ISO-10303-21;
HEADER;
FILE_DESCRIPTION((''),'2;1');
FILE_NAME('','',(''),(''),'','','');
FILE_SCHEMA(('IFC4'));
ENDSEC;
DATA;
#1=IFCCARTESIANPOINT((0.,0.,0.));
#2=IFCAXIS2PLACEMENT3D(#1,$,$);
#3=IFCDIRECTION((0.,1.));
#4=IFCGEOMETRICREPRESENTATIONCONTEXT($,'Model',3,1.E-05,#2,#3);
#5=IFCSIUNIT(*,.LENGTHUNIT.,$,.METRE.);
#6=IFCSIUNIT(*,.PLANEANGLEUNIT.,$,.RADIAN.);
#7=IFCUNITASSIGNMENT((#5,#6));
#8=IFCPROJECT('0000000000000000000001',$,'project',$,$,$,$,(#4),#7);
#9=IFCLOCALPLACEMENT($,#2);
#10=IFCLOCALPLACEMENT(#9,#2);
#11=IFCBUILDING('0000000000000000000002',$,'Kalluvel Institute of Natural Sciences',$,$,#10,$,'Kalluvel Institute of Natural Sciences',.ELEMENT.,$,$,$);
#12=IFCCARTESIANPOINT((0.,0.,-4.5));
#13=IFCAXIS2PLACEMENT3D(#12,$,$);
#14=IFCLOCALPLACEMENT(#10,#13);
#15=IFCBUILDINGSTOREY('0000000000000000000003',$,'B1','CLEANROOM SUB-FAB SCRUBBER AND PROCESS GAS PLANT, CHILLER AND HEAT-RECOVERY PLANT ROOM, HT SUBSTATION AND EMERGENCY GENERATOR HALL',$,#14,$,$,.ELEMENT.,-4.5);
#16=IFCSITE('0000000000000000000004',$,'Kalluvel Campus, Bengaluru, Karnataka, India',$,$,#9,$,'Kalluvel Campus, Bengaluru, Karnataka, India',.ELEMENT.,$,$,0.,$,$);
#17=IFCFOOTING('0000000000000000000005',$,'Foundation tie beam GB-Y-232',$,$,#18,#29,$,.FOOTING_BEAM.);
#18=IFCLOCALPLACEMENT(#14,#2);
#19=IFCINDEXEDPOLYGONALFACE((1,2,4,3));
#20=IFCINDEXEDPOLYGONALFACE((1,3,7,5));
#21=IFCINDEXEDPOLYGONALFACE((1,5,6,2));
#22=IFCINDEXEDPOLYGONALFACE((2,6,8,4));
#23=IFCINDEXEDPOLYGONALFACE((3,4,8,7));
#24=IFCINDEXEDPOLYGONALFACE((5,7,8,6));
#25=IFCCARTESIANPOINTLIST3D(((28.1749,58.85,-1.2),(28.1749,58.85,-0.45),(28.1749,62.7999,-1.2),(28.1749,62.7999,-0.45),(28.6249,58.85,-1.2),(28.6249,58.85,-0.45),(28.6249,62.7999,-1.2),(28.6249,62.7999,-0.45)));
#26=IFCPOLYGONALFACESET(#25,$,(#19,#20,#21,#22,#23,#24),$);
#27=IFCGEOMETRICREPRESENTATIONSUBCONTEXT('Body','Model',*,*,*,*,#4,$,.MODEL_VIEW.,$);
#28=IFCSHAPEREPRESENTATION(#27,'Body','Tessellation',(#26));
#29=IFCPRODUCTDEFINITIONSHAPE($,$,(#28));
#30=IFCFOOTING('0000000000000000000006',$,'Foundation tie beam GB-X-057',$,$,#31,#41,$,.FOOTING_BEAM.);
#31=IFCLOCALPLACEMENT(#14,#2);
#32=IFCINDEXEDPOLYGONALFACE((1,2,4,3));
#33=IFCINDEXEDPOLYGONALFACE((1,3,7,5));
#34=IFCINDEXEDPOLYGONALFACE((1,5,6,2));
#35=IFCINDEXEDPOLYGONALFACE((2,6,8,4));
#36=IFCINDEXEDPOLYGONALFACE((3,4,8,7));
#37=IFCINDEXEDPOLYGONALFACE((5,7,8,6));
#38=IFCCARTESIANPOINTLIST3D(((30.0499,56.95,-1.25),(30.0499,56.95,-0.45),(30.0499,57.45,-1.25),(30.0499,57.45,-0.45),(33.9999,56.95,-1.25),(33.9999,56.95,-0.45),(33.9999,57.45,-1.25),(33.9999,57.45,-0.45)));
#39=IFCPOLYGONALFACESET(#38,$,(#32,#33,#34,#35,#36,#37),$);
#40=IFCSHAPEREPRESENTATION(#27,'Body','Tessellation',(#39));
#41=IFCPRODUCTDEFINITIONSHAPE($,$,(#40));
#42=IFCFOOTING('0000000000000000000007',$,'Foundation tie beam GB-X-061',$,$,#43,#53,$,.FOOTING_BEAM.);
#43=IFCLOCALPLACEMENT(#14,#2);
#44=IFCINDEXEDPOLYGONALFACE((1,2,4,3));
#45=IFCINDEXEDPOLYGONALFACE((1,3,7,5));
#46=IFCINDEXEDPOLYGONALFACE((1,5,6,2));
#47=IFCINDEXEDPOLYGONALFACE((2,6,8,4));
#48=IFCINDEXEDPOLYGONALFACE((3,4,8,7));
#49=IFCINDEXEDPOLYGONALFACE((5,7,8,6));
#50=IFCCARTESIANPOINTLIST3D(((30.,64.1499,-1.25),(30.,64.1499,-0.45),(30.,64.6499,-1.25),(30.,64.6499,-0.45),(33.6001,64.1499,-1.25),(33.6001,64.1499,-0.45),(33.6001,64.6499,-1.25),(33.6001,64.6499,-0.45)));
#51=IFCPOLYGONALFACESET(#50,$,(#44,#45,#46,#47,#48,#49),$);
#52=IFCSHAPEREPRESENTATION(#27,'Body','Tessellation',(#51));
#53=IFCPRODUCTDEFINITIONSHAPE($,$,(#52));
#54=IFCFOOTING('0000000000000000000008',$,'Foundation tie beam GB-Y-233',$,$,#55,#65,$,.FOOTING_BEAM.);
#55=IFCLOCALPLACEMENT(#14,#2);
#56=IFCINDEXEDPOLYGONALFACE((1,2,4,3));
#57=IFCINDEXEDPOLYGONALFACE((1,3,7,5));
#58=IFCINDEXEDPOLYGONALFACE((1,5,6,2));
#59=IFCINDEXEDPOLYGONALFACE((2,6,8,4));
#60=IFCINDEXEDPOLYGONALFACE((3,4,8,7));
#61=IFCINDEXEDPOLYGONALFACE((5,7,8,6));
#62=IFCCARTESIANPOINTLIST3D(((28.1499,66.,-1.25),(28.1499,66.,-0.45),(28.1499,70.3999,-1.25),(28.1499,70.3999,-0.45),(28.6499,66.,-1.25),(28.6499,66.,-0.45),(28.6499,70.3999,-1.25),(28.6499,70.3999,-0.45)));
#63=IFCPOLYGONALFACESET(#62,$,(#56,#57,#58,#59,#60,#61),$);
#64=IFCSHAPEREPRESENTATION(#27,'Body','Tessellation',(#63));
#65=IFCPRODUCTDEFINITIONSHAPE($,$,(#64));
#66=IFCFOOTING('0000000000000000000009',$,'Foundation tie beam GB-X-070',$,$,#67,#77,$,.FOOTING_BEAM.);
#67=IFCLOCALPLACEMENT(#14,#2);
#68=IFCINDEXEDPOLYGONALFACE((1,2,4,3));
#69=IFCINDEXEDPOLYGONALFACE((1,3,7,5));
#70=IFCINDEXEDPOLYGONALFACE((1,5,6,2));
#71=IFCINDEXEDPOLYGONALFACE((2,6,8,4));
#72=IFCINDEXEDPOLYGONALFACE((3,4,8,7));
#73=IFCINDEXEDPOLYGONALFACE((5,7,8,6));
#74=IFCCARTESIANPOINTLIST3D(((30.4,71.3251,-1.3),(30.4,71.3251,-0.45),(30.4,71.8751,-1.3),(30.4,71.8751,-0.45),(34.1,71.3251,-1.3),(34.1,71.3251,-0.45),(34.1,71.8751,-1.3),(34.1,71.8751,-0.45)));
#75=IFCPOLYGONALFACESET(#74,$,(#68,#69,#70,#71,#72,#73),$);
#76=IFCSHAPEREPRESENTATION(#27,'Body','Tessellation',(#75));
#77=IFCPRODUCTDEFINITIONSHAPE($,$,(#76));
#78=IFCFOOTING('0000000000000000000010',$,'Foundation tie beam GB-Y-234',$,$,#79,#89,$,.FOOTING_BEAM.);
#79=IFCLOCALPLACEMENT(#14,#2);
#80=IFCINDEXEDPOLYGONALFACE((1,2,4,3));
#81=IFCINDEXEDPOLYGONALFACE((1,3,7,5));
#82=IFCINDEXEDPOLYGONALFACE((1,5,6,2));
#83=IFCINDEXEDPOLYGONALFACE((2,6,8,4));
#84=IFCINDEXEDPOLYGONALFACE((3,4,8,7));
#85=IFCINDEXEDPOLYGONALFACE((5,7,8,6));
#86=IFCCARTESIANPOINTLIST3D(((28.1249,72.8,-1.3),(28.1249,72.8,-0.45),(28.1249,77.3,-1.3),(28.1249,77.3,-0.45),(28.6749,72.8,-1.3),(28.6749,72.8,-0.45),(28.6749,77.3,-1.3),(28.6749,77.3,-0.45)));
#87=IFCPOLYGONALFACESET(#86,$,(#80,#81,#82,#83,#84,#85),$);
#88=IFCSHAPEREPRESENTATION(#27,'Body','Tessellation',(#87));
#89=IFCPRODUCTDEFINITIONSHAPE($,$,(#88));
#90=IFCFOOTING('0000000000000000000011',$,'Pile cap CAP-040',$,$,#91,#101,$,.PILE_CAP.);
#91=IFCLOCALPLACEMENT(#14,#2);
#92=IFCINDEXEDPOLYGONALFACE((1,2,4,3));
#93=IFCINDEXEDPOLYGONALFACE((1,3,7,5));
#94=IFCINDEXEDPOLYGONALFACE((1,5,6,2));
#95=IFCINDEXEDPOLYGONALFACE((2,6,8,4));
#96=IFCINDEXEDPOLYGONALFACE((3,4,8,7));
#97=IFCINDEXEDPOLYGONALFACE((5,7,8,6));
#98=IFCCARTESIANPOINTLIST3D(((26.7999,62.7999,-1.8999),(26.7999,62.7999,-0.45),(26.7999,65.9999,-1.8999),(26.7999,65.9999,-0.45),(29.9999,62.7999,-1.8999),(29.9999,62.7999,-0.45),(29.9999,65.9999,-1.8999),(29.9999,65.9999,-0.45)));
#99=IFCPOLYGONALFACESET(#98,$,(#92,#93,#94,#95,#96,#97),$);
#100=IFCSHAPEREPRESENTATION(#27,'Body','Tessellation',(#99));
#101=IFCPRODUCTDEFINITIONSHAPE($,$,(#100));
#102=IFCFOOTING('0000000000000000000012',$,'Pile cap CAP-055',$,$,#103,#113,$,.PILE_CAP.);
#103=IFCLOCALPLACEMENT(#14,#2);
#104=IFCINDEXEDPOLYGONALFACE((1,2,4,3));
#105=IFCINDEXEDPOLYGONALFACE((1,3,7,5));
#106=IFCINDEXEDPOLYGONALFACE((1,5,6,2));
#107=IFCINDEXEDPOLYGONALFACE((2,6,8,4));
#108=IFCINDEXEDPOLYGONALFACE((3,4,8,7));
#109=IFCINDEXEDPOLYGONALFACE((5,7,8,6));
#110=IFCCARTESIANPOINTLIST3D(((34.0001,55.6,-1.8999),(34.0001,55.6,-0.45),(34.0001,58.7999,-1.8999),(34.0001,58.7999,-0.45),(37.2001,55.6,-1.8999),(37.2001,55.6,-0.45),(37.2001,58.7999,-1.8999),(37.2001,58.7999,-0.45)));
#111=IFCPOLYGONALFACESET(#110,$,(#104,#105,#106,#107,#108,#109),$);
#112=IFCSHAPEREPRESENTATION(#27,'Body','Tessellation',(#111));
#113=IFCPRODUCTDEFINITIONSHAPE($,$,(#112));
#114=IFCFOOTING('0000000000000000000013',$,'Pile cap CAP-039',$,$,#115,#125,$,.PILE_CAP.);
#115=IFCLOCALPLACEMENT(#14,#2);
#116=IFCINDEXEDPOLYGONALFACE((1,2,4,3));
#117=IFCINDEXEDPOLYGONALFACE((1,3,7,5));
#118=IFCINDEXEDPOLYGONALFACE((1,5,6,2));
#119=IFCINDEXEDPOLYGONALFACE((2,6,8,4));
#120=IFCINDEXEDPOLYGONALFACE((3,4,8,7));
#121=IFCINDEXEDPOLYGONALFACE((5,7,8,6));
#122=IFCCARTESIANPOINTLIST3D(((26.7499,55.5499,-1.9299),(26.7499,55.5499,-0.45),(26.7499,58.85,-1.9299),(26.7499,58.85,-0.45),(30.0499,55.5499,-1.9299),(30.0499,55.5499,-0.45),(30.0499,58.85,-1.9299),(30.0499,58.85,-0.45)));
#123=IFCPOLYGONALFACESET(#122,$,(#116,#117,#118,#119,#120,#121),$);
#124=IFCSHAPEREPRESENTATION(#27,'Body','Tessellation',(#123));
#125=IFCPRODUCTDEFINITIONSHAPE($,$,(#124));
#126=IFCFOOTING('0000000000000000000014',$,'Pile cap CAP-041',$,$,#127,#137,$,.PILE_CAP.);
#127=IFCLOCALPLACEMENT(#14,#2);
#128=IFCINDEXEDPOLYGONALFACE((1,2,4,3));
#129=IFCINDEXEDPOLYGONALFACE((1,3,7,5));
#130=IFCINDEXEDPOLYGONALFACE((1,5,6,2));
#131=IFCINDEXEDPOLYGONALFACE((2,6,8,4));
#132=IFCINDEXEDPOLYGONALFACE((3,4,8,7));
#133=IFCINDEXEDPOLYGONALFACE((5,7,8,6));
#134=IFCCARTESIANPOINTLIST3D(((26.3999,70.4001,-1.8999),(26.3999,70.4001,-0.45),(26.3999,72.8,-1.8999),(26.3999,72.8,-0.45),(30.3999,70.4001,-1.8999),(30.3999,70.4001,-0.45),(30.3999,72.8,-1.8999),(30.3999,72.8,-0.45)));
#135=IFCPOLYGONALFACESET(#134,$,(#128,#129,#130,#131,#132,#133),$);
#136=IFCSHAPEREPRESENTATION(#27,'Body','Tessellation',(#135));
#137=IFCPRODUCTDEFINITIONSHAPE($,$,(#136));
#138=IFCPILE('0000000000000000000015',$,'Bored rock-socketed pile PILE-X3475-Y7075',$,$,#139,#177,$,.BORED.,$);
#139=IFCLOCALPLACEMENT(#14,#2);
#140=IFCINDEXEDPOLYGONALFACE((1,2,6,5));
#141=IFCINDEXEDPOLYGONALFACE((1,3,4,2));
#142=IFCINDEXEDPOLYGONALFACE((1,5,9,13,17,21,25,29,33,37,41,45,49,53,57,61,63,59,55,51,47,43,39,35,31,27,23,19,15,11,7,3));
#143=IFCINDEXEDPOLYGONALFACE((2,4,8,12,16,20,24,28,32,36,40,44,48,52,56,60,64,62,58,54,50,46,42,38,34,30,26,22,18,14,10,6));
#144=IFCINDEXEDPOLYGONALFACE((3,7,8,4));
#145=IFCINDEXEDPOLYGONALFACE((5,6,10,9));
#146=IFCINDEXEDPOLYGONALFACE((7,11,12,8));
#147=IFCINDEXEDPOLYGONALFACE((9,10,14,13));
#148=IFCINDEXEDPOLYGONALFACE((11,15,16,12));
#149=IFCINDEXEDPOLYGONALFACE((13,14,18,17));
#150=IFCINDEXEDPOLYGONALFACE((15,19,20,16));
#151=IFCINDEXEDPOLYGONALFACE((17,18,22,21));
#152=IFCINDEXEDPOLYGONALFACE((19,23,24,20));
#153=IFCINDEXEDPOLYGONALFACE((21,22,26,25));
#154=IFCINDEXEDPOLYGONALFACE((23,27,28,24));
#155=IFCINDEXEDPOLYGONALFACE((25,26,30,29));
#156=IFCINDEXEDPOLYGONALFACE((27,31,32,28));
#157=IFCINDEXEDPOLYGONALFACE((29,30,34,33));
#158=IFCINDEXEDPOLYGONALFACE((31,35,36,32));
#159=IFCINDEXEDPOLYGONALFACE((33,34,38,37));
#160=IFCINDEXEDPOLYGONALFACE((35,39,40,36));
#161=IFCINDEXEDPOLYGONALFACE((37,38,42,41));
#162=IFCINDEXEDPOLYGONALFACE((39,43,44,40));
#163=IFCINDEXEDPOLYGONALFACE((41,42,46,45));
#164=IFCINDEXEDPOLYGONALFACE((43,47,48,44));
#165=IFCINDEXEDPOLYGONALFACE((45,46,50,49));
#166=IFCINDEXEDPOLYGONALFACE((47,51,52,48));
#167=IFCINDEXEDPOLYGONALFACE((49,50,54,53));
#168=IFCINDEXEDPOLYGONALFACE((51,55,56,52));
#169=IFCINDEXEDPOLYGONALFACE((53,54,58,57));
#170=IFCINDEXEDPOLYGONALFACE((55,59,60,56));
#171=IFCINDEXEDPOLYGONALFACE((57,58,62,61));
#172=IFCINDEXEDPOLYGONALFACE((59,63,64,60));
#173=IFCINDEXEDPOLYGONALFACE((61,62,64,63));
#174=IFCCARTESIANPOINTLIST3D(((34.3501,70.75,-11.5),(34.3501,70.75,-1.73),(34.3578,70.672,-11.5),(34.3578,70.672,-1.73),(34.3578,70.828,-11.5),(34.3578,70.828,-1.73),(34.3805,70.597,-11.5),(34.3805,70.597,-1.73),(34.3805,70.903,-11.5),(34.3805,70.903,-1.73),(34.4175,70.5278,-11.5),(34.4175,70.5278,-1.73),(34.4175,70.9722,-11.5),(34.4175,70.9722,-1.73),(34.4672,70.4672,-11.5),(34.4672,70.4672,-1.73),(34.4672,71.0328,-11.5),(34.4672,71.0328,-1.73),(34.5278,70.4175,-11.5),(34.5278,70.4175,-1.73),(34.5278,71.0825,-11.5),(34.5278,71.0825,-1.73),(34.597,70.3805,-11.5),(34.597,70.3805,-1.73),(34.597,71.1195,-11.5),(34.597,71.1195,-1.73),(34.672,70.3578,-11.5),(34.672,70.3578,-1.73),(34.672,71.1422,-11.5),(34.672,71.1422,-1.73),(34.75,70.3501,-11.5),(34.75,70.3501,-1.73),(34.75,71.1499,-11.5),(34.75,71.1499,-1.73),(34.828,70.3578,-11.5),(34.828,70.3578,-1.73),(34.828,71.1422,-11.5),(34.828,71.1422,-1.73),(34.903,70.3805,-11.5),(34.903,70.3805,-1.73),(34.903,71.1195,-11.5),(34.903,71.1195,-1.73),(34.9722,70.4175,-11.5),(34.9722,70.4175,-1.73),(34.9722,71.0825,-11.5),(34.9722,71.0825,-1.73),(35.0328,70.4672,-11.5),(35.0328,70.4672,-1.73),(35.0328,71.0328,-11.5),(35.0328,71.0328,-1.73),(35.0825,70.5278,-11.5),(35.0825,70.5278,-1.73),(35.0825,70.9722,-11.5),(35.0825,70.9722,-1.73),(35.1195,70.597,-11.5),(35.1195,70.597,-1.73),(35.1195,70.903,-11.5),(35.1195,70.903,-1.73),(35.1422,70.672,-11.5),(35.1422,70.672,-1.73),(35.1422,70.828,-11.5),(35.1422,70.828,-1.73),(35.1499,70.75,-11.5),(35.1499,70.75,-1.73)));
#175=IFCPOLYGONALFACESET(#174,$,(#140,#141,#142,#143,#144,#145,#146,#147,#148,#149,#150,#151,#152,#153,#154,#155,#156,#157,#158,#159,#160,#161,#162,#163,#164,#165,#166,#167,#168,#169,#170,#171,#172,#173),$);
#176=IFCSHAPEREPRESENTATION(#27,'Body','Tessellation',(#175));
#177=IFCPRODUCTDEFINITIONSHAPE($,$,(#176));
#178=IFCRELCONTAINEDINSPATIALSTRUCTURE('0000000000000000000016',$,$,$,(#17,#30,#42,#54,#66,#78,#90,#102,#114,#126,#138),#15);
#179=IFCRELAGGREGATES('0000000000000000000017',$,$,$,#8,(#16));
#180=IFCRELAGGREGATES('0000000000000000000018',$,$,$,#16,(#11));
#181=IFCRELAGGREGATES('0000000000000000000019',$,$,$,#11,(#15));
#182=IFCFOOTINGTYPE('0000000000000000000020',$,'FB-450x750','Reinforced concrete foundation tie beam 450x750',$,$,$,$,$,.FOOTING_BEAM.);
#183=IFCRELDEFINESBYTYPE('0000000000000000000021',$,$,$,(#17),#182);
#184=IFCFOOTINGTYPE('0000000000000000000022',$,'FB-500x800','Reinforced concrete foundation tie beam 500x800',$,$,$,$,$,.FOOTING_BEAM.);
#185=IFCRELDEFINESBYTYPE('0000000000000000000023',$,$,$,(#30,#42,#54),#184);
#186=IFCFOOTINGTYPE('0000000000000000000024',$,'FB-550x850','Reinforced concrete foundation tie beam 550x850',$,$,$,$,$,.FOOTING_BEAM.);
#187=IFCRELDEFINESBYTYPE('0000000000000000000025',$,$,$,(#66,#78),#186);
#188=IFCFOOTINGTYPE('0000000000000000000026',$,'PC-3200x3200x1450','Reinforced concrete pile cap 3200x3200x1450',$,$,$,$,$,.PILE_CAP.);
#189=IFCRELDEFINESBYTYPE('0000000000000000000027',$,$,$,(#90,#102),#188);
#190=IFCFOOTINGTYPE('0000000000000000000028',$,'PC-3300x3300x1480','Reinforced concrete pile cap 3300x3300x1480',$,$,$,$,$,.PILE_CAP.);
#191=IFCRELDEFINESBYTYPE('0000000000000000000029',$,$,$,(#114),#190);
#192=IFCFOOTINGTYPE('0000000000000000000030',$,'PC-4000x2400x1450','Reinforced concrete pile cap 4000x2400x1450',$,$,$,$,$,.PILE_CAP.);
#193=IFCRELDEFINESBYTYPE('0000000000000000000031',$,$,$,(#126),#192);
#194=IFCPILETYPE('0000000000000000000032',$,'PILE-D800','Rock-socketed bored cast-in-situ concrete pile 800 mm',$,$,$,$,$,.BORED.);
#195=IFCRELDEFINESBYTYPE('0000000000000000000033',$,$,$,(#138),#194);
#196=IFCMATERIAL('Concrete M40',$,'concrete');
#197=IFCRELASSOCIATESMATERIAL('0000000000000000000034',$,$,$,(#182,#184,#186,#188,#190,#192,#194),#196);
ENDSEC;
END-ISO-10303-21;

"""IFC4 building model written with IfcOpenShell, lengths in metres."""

from ifc_helpers import new_model, si_unit, direction, frame, origin, origin_2d, place, context, subcontext, project, spatial, rectangle, circle, extrude, material, material_profile, profile_set, type_object, element, save


model = new_model("IFC4")

# Units and contexts
model_context = context("Model", 3, precision=1e-05, world=origin(), true_north=direction((0.0, 1.0)))
body_context = subcontext(model_context, "Body", "Model", "MODEL_VIEW")
ifc_project = project(units=[si_unit("LENGTHUNIT", "METRE"), si_unit("PLANEANGLEUNIT", "RADIAN")], contexts=[model_context])

# Site, building, storey
site_placement = place(None, origin())
site = spatial("IfcSite", under=ifc_project, at=site_placement, Name="Kalluvel Campus, Bengaluru, Karnataka, India", LongName="Kalluvel Campus, Bengaluru, Karnataka, India", CompositionType="ELEMENT", RefElevation=0.0)
building_placement = place(site_placement, origin())
building = spatial("IfcBuilding", under=site, at=building_placement, Name="Kalluvel Institute of Natural Sciences", LongName="Kalluvel Institute of Natural Sciences", CompositionType="ELEMENT")
storey_placement = place(building_placement, frame((0.0, 0.0, -4.5)))
storey = spatial("IfcBuildingStorey", under=building, at=storey_placement, Name="B1", Description="CLEANROOM SUB-FAB SCRUBBER AND PROCESS GAS PLANT, CHILLER AND HEAT-RECOVERY PLANT ROOM, HT SUBSTATION AND EMERGENCY GENERATOR HALL", CompositionType="ELEMENT", Elevation=-4.5)

# Footings
ifc_material_1 = material(Name="Concrete M40", Category="concrete")
footing_type_1 = type_object("IfcFootingType", Name="FB-450x750", Description="Reinforced concrete foundation tie beam 450x750", PredefinedType="FOOTING_BEAM", material=ifc_material_1)
footing_1_placement = place(storey_placement, frame((28.3999, 60.825, -1.2), z_axis=(0.0, 0.0, 1.0), x_axis=(1.0, 0.0, 0.0)))
element("IfcFooting", 1, at=footing_1_placement, inside=storey, type_object=footing_type_1, Name="Foundation tie beam GB-Y-232", PredefinedType="FOOTING_BEAM", context=body_context, shape_type="SweptSolid", body=[
    extrude(rectangle(XDim=0.45, YDim=3.95, at=origin_2d()), origin(), (0.0, 0.0, 1.0), 0.75),
])
footing_type_2 = type_object("IfcFootingType", Name="FB-500x800", Description="Reinforced concrete foundation tie beam 500x800", PredefinedType="FOOTING_BEAM", material=ifc_material_1)
footing_2_placement = place(storey_placement, frame((32.0249, 57.2, -1.25), z_axis=(0.0, 0.0, 1.0), x_axis=(1.0, 0.0, 0.0)))
element("IfcFooting", 2, at=footing_2_placement, inside=storey, type_object=footing_type_2, Name="Foundation tie beam GB-X-057", PredefinedType="FOOTING_BEAM", context=body_context, shape_type="SweptSolid", body=[
    extrude(rectangle(XDim=3.95, YDim=0.5, at=origin_2d()), origin(), (0.0, 0.0, 1.0), 0.8),
])
footing_3_placement = place(storey_placement, frame((31.8, 64.3999, -1.25), z_axis=(0.0, 0.0, 1.0), x_axis=(1.0, 0.0, 0.0)))
element("IfcFooting", 3, at=footing_3_placement, inside=storey, type_object=footing_type_2, Name="Foundation tie beam GB-X-061", PredefinedType="FOOTING_BEAM", context=body_context, shape_type="SweptSolid", body=[
    extrude(rectangle(XDim=3.6001, YDim=0.5, at=origin_2d()), origin(), (0.0, 0.0, 1.0), 0.8),
])
footing_4_placement = place(storey_placement, frame((28.3999, 68.2, -1.25), z_axis=(0.0, 0.0, 1.0), x_axis=(1.0, 0.0, 0.0)))
element("IfcFooting", 4, at=footing_4_placement, inside=storey, type_object=footing_type_2, Name="Foundation tie beam GB-Y-233", PredefinedType="FOOTING_BEAM", context=body_context, shape_type="SweptSolid", body=[
    extrude(rectangle(XDim=0.5, YDim=4.3999, at=origin_2d()), origin(), (0.0, 0.0, 1.0), 0.8),
])
footing_type_3 = type_object("IfcFootingType", Name="FB-550x850", Description="Reinforced concrete foundation tie beam 550x850", PredefinedType="FOOTING_BEAM", material=ifc_material_1)
footing_5_placement = place(storey_placement, frame((32.25, 71.6001, -1.3), z_axis=(0.0, 0.0, 1.0), x_axis=(1.0, 0.0, 0.0)))
element("IfcFooting", 5, at=footing_5_placement, inside=storey, type_object=footing_type_3, Name="Foundation tie beam GB-X-070", PredefinedType="FOOTING_BEAM", context=body_context, shape_type="SweptSolid", body=[
    extrude(rectangle(XDim=3.7, YDim=0.55, at=origin_2d()), origin(), (0.0, 0.0, 1.0), 0.8501),
])
footing_6_placement = place(storey_placement, frame((28.3999, 75.05, -1.3), z_axis=(0.0, 0.0, 1.0), x_axis=(1.0, 0.0, 0.0)))
element("IfcFooting", 6, at=footing_6_placement, inside=storey, type_object=footing_type_3, Name="Foundation tie beam GB-Y-234", PredefinedType="FOOTING_BEAM", context=body_context, shape_type="SweptSolid", body=[
    extrude(rectangle(XDim=0.55, YDim=4.5, at=origin_2d()), origin(), (0.0, 0.0, 1.0), 0.8501),
])
footing_type_4 = type_object("IfcFootingType", Name="PC-3200x3200x1450", Description="Reinforced concrete pile cap 3200x3200x1450", PredefinedType="PILE_CAP", material=ifc_material_1)
for number, where, z_axis, x_axis, name in (
    (7, (28.3999, 64.3999, -1.8999), (0.0, 0.0, 1.0), (1.0, 0.0, 0.0), "Pile cap CAP-040"),
    (8, (35.6001, 57.2, -1.8999), (0.0, 0.0, 1.0), (1.0, 0.0, 0.0), "Pile cap CAP-055"),
):
    element("IfcFooting", number, at=place(storey_placement, frame(where, z_axis=z_axis, x_axis=x_axis)), inside=storey, type_object=footing_type_4, Name=name, PredefinedType="PILE_CAP", context=body_context, shape_type="SweptSolid", body=[
        extrude(rectangle(XDim=3.2, YDim=3.2, at=origin_2d()), origin(), (0.0, 0.0, 1.0), 1.45),
    ])
footing_type_5 = type_object("IfcFootingType", Name="PC-3300x3300x1480", Description="Reinforced concrete pile cap 3300x3300x1480", PredefinedType="PILE_CAP", material=ifc_material_1)
footing_7_placement = place(storey_placement, frame((28.3999, 57.2, -1.9299), z_axis=(0.0, 0.0, 1.0), x_axis=(1.0, 0.0, 0.0)))
element("IfcFooting", 9, at=footing_7_placement, inside=storey, type_object=footing_type_5, Name="Pile cap CAP-039", PredefinedType="PILE_CAP", context=body_context, shape_type="SweptSolid", body=[
    extrude(rectangle(XDim=3.3, YDim=3.3, at=origin_2d()), origin(), (0.0, 0.0, 1.0), 1.48),
])
footing_type_6 = type_object("IfcFootingType", Name="PC-4000x2400x1450", Description="Reinforced concrete pile cap 4000x2400x1450", PredefinedType="PILE_CAP", material=ifc_material_1)
footing_8_placement = place(storey_placement, frame((28.3999, 71.6001, -1.8999), z_axis=(0.0, 0.0, 1.0), x_axis=(1.0, 0.0, 0.0)))
element("IfcFooting", 10, at=footing_8_placement, inside=storey, type_object=footing_type_6, Name="Pile cap CAP-041", PredefinedType="PILE_CAP", context=body_context, shape_type="SweptSolid", body=[
    extrude(rectangle(XDim=4.0, YDim=2.3999, at=origin_2d()), origin(), (0.0, 0.0, 1.0), 1.45),
])

# Pile
ifc_material_profile_1 = material_profile(ifc_material_1, circle(Radius=0.3999, at=origin_2d()), Name="PILE D800")
ifc_profile_set_1 = profile_set([ifc_material_profile_1], Name="Concrete M40")
pile_type_1 = type_object("IfcPileType", Name="PILE-D800", Description="Rock-socketed bored cast-in-situ concrete pile 800 mm", PredefinedType="BORED", material=ifc_profile_set_1)
for number, where, z_axis, x_axis, name in (
    (11, (34.75, 70.75, -1.73), (0.0, 0.0, -1.0), (1.0, 0.0, 0.0), "Bored rock-socketed pile PILE-X3475-Y7075"),
):
    element("IfcPile", number, at=place(storey_placement, frame(where, z_axis=z_axis, x_axis=x_axis)), inside=storey, type_object=pile_type_1, Name=name, PredefinedType="BORED", context=body_context, shape_type="SweptSolid", body=[
        extrude(circle(Radius=0.3999, at=origin_2d()), origin(), (0.0, 0.0, 1.0), 9.77),
    ])

save(model, "model.ifc")
